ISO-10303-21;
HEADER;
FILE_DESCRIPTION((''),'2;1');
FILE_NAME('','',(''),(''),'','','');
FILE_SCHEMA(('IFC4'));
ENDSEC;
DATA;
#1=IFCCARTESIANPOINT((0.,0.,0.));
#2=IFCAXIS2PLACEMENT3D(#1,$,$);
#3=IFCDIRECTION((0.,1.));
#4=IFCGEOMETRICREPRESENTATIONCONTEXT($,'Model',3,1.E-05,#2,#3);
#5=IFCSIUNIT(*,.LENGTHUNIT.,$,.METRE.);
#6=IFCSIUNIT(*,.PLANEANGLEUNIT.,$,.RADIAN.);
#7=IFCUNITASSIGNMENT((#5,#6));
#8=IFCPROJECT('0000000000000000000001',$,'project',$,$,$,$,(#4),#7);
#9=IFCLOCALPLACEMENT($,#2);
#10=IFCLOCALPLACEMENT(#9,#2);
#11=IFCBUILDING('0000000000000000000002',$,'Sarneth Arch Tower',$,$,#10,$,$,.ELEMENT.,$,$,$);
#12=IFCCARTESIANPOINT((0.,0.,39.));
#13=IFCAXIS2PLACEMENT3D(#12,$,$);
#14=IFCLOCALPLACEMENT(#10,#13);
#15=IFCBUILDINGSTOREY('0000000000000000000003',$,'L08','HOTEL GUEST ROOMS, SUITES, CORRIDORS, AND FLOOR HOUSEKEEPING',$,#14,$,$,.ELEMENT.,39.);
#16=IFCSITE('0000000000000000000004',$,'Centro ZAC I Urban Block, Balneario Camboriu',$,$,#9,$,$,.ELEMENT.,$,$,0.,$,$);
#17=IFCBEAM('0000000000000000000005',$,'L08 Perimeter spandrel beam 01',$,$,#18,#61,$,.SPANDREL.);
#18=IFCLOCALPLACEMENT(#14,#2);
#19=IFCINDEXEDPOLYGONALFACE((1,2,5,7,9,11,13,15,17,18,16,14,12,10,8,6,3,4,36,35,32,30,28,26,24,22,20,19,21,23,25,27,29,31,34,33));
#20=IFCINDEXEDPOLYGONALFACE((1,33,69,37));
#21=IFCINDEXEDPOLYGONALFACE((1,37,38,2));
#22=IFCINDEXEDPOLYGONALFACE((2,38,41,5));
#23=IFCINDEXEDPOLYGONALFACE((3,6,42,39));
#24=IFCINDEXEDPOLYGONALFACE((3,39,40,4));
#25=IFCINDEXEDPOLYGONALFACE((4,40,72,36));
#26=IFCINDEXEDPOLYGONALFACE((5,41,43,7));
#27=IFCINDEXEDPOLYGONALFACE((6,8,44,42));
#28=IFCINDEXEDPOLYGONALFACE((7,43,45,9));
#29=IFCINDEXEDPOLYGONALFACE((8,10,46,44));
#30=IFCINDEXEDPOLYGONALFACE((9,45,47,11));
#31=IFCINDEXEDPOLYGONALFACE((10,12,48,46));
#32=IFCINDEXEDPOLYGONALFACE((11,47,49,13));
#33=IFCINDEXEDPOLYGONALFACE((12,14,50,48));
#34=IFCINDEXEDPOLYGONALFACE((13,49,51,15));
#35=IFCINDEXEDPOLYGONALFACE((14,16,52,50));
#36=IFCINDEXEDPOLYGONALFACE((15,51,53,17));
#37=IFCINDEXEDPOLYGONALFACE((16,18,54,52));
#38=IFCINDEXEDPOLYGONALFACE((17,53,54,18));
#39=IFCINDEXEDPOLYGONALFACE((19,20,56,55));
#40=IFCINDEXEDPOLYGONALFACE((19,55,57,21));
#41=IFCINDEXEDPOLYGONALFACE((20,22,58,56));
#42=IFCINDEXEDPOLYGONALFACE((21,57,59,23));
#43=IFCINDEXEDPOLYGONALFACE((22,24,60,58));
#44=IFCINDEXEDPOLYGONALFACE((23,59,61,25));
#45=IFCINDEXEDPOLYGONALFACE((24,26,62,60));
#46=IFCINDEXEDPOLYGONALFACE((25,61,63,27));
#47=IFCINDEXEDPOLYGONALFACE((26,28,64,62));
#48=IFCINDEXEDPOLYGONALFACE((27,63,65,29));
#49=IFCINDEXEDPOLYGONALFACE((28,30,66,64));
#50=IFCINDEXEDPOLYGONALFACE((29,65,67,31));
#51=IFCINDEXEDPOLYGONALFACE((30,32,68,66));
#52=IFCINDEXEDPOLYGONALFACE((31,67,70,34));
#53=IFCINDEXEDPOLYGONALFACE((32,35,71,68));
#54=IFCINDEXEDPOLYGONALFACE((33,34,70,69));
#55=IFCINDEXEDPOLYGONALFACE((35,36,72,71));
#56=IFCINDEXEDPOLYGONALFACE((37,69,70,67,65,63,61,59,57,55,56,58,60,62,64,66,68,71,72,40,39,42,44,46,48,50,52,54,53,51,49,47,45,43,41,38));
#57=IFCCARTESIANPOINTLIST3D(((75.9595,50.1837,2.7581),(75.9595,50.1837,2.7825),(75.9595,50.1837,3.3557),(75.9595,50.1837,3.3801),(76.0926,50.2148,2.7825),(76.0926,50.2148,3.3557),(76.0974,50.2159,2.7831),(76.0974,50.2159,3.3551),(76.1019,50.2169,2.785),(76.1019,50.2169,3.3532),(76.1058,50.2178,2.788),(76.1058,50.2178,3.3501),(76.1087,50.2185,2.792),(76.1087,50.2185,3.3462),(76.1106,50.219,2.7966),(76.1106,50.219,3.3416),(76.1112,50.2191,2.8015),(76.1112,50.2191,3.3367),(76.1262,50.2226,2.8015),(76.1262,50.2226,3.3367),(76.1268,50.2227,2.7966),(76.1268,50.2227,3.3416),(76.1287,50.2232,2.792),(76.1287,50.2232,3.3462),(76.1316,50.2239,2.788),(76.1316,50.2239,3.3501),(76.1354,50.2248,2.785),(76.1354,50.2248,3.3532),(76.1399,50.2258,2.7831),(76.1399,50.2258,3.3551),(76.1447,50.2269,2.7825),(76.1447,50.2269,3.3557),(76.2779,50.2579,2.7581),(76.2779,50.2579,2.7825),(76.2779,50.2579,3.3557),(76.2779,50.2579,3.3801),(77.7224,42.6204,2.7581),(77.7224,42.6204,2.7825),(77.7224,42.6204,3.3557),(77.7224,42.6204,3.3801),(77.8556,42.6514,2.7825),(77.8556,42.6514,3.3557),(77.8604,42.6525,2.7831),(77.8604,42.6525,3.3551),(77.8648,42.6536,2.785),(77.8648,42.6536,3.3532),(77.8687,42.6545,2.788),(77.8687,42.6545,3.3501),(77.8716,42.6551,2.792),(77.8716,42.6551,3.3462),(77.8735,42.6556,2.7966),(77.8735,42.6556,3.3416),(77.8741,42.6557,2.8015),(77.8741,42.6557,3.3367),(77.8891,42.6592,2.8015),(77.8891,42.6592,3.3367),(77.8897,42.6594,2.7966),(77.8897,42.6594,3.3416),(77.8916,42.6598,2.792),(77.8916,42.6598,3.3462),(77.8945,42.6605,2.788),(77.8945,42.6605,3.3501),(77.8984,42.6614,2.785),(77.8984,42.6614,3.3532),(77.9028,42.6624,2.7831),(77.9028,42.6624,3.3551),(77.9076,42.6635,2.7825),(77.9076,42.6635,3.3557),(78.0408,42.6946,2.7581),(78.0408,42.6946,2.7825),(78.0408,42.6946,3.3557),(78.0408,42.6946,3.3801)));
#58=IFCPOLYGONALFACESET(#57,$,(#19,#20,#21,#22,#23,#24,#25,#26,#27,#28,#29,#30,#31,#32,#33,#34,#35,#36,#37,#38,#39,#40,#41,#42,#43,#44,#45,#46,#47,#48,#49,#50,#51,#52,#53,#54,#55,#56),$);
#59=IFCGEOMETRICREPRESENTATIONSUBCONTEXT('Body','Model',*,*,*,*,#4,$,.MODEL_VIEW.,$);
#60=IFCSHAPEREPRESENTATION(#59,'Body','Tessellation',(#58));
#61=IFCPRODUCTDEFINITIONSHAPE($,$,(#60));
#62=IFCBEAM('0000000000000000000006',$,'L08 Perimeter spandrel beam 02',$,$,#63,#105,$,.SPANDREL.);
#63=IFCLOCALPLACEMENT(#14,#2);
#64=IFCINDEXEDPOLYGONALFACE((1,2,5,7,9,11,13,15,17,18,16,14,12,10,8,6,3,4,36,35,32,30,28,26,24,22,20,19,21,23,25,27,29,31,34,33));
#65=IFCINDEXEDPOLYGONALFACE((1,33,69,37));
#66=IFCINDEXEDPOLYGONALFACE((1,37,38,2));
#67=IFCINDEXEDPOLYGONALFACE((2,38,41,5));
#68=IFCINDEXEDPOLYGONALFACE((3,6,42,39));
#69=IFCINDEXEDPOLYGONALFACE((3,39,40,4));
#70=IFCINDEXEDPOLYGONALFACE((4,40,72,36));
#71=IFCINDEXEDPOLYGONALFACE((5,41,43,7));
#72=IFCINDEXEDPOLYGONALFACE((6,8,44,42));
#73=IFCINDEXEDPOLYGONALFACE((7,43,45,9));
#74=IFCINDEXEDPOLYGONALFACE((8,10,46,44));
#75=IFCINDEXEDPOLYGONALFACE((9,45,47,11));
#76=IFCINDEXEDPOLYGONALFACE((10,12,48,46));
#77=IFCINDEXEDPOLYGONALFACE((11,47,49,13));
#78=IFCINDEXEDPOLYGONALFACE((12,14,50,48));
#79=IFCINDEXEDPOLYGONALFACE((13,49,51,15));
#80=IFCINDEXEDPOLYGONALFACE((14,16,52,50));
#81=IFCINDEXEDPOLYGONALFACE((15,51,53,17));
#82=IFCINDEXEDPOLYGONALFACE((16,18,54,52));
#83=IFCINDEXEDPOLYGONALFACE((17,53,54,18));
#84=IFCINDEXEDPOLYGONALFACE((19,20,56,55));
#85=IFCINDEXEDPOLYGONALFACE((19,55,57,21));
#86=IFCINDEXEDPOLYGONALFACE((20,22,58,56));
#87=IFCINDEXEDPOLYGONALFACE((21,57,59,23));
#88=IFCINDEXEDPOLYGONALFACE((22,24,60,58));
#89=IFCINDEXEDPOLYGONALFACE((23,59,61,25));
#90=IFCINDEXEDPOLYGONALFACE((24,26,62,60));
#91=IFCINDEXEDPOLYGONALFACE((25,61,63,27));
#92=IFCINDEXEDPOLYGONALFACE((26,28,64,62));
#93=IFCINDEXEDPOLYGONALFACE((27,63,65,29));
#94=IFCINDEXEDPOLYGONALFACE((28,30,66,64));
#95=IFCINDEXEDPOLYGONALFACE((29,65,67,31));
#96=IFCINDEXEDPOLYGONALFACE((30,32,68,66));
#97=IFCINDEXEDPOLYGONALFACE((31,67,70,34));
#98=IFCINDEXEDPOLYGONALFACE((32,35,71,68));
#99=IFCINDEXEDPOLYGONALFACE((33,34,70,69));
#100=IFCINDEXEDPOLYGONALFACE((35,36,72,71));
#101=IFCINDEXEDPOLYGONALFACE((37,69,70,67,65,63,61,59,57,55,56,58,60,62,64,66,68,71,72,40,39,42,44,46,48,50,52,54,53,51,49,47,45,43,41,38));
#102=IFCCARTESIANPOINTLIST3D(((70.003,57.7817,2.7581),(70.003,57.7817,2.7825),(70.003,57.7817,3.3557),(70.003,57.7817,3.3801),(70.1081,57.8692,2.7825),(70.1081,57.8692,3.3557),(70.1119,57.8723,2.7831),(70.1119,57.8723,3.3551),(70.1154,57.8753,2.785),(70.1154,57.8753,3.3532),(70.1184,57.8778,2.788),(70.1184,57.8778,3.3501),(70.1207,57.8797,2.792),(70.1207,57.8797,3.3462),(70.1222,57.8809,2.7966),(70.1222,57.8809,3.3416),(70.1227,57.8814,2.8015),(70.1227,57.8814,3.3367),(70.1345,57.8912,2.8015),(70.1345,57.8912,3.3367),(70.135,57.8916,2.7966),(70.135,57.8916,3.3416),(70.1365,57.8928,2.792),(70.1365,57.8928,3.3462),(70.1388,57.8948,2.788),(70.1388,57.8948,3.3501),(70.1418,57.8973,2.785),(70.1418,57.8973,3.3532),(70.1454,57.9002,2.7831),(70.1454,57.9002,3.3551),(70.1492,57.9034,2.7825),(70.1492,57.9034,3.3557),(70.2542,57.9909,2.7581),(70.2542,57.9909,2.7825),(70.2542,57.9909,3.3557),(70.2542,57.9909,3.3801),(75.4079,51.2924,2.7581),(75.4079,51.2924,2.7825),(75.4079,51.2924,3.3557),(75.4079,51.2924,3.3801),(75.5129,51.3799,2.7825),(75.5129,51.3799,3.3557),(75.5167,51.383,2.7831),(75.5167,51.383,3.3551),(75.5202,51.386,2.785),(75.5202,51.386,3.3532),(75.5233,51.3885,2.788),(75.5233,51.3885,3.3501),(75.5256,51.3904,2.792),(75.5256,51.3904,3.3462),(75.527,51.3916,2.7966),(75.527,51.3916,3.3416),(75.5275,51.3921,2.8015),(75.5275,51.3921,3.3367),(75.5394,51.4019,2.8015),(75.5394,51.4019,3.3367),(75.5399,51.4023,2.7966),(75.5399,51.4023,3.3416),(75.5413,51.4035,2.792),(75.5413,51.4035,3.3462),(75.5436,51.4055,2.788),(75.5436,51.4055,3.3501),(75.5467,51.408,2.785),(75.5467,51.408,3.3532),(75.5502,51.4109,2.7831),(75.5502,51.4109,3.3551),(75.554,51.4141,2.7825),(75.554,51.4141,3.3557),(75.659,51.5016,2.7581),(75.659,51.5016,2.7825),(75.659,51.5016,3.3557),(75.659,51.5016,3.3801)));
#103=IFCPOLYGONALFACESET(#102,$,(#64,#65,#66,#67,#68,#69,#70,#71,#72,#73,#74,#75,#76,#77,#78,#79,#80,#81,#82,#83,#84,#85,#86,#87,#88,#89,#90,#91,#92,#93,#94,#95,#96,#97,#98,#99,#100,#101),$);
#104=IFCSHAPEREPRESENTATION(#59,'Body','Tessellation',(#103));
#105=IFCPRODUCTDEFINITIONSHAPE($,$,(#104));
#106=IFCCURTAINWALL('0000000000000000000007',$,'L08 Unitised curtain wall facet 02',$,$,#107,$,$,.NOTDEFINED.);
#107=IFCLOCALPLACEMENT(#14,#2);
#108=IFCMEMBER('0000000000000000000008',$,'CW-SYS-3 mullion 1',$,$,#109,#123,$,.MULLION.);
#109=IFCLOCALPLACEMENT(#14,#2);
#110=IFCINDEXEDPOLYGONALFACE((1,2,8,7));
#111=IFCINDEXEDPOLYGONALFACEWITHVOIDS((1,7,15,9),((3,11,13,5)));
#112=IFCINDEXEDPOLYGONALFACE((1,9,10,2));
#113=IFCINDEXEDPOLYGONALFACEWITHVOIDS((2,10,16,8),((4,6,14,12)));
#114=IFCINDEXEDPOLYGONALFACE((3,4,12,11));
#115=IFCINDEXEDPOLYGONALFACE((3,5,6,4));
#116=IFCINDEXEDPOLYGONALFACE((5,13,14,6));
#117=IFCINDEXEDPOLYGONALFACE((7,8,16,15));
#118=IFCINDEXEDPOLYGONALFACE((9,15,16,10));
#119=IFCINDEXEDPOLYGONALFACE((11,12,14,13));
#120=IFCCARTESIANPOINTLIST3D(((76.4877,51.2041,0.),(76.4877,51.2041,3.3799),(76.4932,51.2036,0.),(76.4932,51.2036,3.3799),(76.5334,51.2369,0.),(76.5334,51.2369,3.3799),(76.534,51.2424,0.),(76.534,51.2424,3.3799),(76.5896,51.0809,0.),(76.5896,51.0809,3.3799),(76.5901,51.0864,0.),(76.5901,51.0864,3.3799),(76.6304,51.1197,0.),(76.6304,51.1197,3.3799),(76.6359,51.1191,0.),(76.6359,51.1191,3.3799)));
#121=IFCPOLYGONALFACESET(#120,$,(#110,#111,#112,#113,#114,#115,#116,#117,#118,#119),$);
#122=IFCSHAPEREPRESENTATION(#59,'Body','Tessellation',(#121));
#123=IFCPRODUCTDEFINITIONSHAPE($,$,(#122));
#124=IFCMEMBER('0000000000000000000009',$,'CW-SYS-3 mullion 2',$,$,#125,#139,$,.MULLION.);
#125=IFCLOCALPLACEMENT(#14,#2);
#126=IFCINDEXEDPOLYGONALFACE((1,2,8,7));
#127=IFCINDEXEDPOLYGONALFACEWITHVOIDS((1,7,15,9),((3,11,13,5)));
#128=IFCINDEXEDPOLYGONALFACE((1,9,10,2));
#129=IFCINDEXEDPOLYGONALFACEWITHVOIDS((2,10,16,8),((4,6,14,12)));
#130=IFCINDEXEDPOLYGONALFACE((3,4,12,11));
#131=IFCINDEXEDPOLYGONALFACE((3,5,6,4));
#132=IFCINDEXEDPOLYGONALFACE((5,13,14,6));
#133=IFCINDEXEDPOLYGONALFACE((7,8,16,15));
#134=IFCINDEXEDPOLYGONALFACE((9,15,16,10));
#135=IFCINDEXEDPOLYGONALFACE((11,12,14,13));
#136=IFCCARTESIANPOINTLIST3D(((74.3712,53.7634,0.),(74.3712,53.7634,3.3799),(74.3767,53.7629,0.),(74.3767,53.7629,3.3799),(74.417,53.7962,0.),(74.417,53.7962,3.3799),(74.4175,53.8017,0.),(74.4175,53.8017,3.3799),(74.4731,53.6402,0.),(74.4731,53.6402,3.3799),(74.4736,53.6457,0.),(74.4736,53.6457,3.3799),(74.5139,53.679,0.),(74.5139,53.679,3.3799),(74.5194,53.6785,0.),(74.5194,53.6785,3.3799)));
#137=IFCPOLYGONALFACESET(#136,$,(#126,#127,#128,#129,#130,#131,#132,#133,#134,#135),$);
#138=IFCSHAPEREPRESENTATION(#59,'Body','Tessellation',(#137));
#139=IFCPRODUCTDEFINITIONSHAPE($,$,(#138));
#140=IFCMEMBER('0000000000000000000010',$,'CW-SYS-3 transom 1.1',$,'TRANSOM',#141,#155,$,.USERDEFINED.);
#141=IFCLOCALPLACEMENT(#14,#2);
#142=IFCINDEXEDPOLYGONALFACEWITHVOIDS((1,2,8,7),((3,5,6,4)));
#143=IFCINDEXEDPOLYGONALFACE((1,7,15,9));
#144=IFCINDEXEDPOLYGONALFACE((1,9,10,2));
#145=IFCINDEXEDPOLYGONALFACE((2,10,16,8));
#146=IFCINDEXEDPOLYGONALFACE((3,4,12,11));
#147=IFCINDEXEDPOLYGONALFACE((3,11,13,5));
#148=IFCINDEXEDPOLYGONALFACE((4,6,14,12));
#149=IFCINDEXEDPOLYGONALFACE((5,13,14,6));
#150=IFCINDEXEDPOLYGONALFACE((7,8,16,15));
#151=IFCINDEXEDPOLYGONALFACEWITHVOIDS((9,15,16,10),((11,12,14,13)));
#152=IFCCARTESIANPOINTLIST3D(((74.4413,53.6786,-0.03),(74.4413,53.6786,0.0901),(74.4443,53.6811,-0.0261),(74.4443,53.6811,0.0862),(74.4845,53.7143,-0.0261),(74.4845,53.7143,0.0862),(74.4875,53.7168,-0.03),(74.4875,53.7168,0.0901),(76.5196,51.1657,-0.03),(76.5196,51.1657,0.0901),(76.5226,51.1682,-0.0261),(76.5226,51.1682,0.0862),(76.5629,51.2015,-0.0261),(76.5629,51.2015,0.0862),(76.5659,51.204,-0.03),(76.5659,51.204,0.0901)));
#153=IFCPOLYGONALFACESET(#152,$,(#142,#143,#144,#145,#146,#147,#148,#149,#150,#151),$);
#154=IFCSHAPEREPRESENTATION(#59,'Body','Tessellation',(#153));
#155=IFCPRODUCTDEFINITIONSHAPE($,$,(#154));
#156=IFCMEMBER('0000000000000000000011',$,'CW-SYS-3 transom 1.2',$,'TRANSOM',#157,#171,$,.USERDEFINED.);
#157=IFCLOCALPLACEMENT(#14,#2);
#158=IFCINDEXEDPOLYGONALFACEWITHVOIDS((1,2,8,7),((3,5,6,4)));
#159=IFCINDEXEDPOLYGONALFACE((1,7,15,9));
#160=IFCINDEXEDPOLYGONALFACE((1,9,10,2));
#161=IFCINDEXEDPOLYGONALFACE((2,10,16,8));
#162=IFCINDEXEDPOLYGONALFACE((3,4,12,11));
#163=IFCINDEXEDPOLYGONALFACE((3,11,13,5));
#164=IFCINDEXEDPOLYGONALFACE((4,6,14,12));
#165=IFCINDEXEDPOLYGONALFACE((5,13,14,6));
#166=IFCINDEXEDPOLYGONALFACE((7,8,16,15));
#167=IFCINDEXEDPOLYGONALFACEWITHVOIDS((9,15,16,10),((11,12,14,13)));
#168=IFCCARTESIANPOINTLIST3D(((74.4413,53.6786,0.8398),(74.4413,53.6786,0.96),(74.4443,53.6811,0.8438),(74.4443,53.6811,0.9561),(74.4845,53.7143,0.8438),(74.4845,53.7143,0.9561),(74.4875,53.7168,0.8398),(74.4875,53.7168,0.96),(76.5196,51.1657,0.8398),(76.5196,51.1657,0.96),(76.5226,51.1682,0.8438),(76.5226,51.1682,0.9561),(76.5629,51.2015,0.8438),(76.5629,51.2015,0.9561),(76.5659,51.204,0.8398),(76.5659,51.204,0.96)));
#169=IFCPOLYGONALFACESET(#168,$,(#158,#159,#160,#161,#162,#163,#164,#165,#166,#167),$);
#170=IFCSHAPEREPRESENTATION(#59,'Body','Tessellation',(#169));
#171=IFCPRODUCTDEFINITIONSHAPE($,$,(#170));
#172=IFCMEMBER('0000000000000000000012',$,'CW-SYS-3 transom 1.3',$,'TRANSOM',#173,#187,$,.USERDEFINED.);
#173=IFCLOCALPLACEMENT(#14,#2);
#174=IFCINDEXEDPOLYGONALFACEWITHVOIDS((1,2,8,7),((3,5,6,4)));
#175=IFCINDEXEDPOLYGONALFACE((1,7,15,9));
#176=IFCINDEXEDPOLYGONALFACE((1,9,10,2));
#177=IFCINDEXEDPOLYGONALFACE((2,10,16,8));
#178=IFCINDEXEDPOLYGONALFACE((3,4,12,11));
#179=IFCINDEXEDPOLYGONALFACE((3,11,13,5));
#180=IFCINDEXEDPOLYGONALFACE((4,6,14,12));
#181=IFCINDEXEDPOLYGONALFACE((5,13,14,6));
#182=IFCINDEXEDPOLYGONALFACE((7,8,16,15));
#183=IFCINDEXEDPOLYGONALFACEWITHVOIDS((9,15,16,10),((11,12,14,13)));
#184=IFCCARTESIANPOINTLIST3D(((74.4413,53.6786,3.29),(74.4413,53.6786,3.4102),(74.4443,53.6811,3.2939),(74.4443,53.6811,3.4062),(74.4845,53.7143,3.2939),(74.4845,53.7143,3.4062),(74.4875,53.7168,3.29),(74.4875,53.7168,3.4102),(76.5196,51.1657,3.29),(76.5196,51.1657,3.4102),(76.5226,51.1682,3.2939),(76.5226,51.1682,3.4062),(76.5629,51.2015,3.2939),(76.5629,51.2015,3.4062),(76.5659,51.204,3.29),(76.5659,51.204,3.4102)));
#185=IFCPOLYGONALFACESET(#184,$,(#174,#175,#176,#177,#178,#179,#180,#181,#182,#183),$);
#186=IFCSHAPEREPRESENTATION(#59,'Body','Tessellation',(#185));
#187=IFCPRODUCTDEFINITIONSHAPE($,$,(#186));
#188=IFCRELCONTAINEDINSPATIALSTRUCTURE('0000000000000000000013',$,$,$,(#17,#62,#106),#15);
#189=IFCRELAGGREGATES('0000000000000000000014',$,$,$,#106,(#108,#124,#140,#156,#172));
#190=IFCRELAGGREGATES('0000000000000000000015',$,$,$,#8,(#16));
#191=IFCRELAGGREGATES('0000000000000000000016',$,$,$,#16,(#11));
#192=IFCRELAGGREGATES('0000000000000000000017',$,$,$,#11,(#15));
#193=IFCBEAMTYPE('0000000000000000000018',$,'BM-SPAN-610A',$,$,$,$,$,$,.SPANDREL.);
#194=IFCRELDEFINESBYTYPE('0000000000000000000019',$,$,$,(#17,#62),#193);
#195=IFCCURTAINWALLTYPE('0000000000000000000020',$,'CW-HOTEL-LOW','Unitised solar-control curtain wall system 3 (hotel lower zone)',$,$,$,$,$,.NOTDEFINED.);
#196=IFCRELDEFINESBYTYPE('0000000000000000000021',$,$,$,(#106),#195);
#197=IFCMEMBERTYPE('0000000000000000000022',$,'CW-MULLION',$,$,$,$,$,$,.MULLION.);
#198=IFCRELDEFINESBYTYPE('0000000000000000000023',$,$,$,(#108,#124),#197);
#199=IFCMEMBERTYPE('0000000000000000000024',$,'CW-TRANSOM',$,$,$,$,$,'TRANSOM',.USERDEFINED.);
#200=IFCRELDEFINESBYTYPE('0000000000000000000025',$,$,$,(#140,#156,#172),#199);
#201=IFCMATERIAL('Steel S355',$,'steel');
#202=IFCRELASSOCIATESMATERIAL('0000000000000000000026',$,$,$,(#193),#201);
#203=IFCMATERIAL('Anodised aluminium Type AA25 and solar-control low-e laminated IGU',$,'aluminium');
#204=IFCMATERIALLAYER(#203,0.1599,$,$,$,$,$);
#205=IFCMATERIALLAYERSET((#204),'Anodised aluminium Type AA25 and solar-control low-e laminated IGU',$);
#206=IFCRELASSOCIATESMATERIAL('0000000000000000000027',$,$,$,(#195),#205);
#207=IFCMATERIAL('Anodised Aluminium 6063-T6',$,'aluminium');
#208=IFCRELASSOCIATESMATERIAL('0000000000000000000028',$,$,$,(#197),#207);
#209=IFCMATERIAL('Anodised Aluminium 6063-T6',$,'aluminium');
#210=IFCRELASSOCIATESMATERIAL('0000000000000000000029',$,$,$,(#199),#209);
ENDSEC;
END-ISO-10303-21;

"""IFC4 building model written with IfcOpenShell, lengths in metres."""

from ifc_helpers import new_model, si_unit, direction, frame, origin, origin_2d, place, context, subcontext, project, spatial, hollow_rectangle, i_section, extrude, material, layer, layer_set, material_profile, profile_set, type_object, element, aggregate, save


model = new_model("IFC4")

# Units and contexts
model_context = context("Model", 3, precision=1e-05, world=origin(), true_north=direction((0.0, 1.0)))
body_context = subcontext(model_context, "Body", "Model", "MODEL_VIEW")
ifc_project = project(units=[si_unit("LENGTHUNIT", "METRE"), si_unit("PLANEANGLEUNIT", "RADIAN")], contexts=[model_context])

# Site, building, storey
site_placement = place(None, origin())
site = spatial("IfcSite", under=ifc_project, at=site_placement, Name="Centro ZAC I Urban Block, Balneario Camboriu", CompositionType="ELEMENT", RefElevation=0.0)
building_placement = place(site_placement, origin())
building = spatial("IfcBuilding", under=site, at=building_placement, Name="Sarneth Arch Tower", CompositionType="ELEMENT")
storey_placement = place(building_placement, frame((0.0, 0.0, 39.0)))
storey = spatial("IfcBuildingStorey", under=building, at=storey_placement, Name="L08", Description="HOTEL GUEST ROOMS, SUITES, CORRIDORS, AND FLOOR HOUSEKEEPING", CompositionType="ELEMENT", Elevation=39.0)

# Beams
ifc_material_1 = material(Name="Steel S355", Category="steel")
ifc_material_profile_1 = material_profile(ifc_material_1, i_section(OverallWidth=0.3269, OverallDepth=0.6221, WebThickness=0.0154, FlangeThickness=0.0244, FilletRadius=0.019, at=origin_2d()), Name="W610x195")
ifc_profile_set_1 = profile_set([ifc_material_profile_1], Name="Steel S355")
beam_type = type_object("IfcBeamType", Name="BM-SPAN-610A", PredefinedType="SPANDREL", material=ifc_profile_set_1)
beam_1_placement = place(storey_placement, frame((77.8816, 42.6575, 3.0691), z_axis=(-0.227001, 0.973895, 0.0), x_axis=(-0.973895, -0.227001, 0.0)))
element("IfcBeam", 1, at=beam_1_placement, inside=storey, type_object=beam_type, Name="L08 Perimeter spandrel beam 01", PredefinedType="SPANDREL", context=body_context, shape_type="SweptSolid", body=[
    extrude(i_section(OverallWidth=0.3269, OverallDepth=0.6221, WebThickness=0.0154, FlangeThickness=0.0244, FilletRadius=0.019, at=origin_2d()), origin(), (0.0, 0.0, 1.0), 7.7661),
])
beam_2_placement = place(storey_placement, frame((75.5334, 51.397, 3.0691), z_axis=(-0.63998, 0.768392, 0.0), x_axis=(-0.768392, -0.63998, 0.0)))
element("IfcBeam", 2, at=beam_2_placement, inside=storey, type_object=beam_type, Name="L08 Perimeter spandrel beam 02", PredefinedType="SPANDREL", context=body_context, shape_type="SweptSolid", body=[
    extrude(i_section(OverallWidth=0.3269, OverallDepth=0.6221, WebThickness=0.0154, FlangeThickness=0.0244, FilletRadius=0.019, at=origin_2d()), origin(), (0.0, 0.0, 1.0), 8.4453),
])

# Curtain wall, members
ifc_material_2 = material(Name="Anodised aluminium Type AA25 and solar-control low-e laminated IGU", Category="aluminium")
ifc_layer_1 = layer(ifc_material_2, 0.1599)
ifc_layer_set_1 = layer_set([ifc_layer_1], Name="Anodised aluminium Type AA25 and solar-control low-e laminated IGU")
curtain_wall_type = type_object("IfcCurtainWallType", Name="CW-HOTEL-LOW", Description="Unitised solar-control curtain wall system 3 (hotel lower zone)", PredefinedType="NOTDEFINED", material=ifc_layer_set_1)
curtain_wall_placement = place(storey_placement, origin())
curtain_wall = element("IfcCurtainWall", 3, at=curtain_wall_placement, inside=storey, type_object=curtain_wall_type, Name="L08 Unitised curtain wall facet 02", PredefinedType="NOTDEFINED")
ifc_material_3 = material(Name="Anodised Aluminium 6063-T6", Category="aluminium")
ifc_material_profile_2 = material_profile(ifc_material_3, hollow_rectangle(XDim=0.0601, YDim=0.1599, WallThickness=0.0039, at=origin_2d()), Name="AL-MULL-160x60x4")
ifc_profile_set_2 = profile_set([ifc_material_profile_2], Name="Anodised Aluminium 6063-T6")
member_type_1 = type_object("IfcMemberType", Name="CW-MULLION", PredefinedType="MULLION", material=ifc_profile_set_2)
member_1_placement = place(storey_placement, frame((76.5618, 51.1616, 0.0), z_axis=(0.0, 0.0, 1.0), x_axis=(-0.770623, -0.637291, 0.0)))
member_1 = element("IfcMember", 4, at=member_1_placement, type_object=member_type_1, Name="CW-SYS-3 mullion 1", PredefinedType="MULLION", context=body_context, shape_type="SweptSolid", body=[
    extrude(hollow_rectangle(XDim=0.0601, YDim=0.1599, WallThickness=0.0039, at=origin_2d()), origin(), (0.0, 0.0, 1.0), 3.3799),
])
member_2_placement = place(storey_placement, frame((74.4453, 53.7209, 0.0), z_axis=(0.0, 0.0, 1.0), x_axis=(-0.770623, -0.637291, 0.0)))
member_2 = element("IfcMember", 5, at=member_2_placement, type_object=member_type_1, Name="CW-SYS-3 mullion 2", PredefinedType="MULLION", context=body_context, shape_type="SweptSolid", body=[
    extrude(hollow_rectangle(XDim=0.0601, YDim=0.1599, WallThickness=0.0039, at=origin_2d()), origin(), (0.0, 0.0, 1.0), 3.3799),
])
ifc_material_4 = material(Name="Anodised Aluminium 6063-T6", Category="aluminium")
ifc_material_profile_3 = material_profile(ifc_material_4, hollow_rectangle(XDim=0.0601, YDim=0.1201, WallThickness=0.0039, at=origin_2d()), Name="AL-TRAN-120x60x4")
ifc_profile_set_3 = profile_set([ifc_material_profile_3], Name="Anodised Aluminium 6063-T6")
member_type_2 = type_object("IfcMemberType", Name="CW-TRANSOM", ElementType="TRANSOM", PredefinedType="USERDEFINED", material=ifc_profile_set_3)
member_3_placement = place(storey_placement, frame((76.5427, 51.1848, 0.03), z_axis=(-0.63733, 0.770591, 0.0), x_axis=(-0.770591, -0.63733, 0.0)))
member_3 = element("IfcMember", 6, at=member_3_placement, type_object=member_type_2, Name="CW-SYS-3 transom 1.1", ObjectType="TRANSOM", PredefinedType="USERDEFINED", context=body_context, shape_type="SweptSolid", body=[
    extrude(hollow_rectangle(XDim=0.0601, YDim=0.1201, WallThickness=0.0039, at=origin_2d()), origin(), (0.0, 0.0, 1.0), 3.261),
])
member_4_placement = place(storey_placement, frame((76.5427, 51.1848, 0.8999), z_axis=(-0.63733, 0.770591, 0.0), x_axis=(-0.770591, -0.63733, 0.0)))
member_4 = element("IfcMember", 7, at=member_4_placement, type_object=member_type_2, Name="CW-SYS-3 transom 1.2", ObjectType="TRANSOM", PredefinedType="USERDEFINED", context=body_context, shape_type="SweptSolid", body=[
    extrude(hollow_rectangle(XDim=0.0601, YDim=0.1201, WallThickness=0.0039, at=origin_2d()), origin(), (0.0, 0.0, 1.0), 3.261),
])
member_5_placement = place(storey_placement, frame((76.5427, 51.1848, 3.3501), z_axis=(-0.63733, 0.770591, 0.0), x_axis=(-0.770591, -0.63733, 0.0)))
member_5 = element("IfcMember", 8, at=member_5_placement, type_object=member_type_2, Name="CW-SYS-3 transom 1.3", ObjectType="TRANSOM", PredefinedType="USERDEFINED", context=body_context, shape_type="SweptSolid", body=[
    extrude(hollow_rectangle(XDim=0.0601, YDim=0.1201, WallThickness=0.0039, at=origin_2d()), origin(), (0.0, 0.0, 1.0), 3.261),
])

aggregate(curtain_wall, [member_1, member_2, member_3, member_4, member_5])

save(model, "model.ifc")
